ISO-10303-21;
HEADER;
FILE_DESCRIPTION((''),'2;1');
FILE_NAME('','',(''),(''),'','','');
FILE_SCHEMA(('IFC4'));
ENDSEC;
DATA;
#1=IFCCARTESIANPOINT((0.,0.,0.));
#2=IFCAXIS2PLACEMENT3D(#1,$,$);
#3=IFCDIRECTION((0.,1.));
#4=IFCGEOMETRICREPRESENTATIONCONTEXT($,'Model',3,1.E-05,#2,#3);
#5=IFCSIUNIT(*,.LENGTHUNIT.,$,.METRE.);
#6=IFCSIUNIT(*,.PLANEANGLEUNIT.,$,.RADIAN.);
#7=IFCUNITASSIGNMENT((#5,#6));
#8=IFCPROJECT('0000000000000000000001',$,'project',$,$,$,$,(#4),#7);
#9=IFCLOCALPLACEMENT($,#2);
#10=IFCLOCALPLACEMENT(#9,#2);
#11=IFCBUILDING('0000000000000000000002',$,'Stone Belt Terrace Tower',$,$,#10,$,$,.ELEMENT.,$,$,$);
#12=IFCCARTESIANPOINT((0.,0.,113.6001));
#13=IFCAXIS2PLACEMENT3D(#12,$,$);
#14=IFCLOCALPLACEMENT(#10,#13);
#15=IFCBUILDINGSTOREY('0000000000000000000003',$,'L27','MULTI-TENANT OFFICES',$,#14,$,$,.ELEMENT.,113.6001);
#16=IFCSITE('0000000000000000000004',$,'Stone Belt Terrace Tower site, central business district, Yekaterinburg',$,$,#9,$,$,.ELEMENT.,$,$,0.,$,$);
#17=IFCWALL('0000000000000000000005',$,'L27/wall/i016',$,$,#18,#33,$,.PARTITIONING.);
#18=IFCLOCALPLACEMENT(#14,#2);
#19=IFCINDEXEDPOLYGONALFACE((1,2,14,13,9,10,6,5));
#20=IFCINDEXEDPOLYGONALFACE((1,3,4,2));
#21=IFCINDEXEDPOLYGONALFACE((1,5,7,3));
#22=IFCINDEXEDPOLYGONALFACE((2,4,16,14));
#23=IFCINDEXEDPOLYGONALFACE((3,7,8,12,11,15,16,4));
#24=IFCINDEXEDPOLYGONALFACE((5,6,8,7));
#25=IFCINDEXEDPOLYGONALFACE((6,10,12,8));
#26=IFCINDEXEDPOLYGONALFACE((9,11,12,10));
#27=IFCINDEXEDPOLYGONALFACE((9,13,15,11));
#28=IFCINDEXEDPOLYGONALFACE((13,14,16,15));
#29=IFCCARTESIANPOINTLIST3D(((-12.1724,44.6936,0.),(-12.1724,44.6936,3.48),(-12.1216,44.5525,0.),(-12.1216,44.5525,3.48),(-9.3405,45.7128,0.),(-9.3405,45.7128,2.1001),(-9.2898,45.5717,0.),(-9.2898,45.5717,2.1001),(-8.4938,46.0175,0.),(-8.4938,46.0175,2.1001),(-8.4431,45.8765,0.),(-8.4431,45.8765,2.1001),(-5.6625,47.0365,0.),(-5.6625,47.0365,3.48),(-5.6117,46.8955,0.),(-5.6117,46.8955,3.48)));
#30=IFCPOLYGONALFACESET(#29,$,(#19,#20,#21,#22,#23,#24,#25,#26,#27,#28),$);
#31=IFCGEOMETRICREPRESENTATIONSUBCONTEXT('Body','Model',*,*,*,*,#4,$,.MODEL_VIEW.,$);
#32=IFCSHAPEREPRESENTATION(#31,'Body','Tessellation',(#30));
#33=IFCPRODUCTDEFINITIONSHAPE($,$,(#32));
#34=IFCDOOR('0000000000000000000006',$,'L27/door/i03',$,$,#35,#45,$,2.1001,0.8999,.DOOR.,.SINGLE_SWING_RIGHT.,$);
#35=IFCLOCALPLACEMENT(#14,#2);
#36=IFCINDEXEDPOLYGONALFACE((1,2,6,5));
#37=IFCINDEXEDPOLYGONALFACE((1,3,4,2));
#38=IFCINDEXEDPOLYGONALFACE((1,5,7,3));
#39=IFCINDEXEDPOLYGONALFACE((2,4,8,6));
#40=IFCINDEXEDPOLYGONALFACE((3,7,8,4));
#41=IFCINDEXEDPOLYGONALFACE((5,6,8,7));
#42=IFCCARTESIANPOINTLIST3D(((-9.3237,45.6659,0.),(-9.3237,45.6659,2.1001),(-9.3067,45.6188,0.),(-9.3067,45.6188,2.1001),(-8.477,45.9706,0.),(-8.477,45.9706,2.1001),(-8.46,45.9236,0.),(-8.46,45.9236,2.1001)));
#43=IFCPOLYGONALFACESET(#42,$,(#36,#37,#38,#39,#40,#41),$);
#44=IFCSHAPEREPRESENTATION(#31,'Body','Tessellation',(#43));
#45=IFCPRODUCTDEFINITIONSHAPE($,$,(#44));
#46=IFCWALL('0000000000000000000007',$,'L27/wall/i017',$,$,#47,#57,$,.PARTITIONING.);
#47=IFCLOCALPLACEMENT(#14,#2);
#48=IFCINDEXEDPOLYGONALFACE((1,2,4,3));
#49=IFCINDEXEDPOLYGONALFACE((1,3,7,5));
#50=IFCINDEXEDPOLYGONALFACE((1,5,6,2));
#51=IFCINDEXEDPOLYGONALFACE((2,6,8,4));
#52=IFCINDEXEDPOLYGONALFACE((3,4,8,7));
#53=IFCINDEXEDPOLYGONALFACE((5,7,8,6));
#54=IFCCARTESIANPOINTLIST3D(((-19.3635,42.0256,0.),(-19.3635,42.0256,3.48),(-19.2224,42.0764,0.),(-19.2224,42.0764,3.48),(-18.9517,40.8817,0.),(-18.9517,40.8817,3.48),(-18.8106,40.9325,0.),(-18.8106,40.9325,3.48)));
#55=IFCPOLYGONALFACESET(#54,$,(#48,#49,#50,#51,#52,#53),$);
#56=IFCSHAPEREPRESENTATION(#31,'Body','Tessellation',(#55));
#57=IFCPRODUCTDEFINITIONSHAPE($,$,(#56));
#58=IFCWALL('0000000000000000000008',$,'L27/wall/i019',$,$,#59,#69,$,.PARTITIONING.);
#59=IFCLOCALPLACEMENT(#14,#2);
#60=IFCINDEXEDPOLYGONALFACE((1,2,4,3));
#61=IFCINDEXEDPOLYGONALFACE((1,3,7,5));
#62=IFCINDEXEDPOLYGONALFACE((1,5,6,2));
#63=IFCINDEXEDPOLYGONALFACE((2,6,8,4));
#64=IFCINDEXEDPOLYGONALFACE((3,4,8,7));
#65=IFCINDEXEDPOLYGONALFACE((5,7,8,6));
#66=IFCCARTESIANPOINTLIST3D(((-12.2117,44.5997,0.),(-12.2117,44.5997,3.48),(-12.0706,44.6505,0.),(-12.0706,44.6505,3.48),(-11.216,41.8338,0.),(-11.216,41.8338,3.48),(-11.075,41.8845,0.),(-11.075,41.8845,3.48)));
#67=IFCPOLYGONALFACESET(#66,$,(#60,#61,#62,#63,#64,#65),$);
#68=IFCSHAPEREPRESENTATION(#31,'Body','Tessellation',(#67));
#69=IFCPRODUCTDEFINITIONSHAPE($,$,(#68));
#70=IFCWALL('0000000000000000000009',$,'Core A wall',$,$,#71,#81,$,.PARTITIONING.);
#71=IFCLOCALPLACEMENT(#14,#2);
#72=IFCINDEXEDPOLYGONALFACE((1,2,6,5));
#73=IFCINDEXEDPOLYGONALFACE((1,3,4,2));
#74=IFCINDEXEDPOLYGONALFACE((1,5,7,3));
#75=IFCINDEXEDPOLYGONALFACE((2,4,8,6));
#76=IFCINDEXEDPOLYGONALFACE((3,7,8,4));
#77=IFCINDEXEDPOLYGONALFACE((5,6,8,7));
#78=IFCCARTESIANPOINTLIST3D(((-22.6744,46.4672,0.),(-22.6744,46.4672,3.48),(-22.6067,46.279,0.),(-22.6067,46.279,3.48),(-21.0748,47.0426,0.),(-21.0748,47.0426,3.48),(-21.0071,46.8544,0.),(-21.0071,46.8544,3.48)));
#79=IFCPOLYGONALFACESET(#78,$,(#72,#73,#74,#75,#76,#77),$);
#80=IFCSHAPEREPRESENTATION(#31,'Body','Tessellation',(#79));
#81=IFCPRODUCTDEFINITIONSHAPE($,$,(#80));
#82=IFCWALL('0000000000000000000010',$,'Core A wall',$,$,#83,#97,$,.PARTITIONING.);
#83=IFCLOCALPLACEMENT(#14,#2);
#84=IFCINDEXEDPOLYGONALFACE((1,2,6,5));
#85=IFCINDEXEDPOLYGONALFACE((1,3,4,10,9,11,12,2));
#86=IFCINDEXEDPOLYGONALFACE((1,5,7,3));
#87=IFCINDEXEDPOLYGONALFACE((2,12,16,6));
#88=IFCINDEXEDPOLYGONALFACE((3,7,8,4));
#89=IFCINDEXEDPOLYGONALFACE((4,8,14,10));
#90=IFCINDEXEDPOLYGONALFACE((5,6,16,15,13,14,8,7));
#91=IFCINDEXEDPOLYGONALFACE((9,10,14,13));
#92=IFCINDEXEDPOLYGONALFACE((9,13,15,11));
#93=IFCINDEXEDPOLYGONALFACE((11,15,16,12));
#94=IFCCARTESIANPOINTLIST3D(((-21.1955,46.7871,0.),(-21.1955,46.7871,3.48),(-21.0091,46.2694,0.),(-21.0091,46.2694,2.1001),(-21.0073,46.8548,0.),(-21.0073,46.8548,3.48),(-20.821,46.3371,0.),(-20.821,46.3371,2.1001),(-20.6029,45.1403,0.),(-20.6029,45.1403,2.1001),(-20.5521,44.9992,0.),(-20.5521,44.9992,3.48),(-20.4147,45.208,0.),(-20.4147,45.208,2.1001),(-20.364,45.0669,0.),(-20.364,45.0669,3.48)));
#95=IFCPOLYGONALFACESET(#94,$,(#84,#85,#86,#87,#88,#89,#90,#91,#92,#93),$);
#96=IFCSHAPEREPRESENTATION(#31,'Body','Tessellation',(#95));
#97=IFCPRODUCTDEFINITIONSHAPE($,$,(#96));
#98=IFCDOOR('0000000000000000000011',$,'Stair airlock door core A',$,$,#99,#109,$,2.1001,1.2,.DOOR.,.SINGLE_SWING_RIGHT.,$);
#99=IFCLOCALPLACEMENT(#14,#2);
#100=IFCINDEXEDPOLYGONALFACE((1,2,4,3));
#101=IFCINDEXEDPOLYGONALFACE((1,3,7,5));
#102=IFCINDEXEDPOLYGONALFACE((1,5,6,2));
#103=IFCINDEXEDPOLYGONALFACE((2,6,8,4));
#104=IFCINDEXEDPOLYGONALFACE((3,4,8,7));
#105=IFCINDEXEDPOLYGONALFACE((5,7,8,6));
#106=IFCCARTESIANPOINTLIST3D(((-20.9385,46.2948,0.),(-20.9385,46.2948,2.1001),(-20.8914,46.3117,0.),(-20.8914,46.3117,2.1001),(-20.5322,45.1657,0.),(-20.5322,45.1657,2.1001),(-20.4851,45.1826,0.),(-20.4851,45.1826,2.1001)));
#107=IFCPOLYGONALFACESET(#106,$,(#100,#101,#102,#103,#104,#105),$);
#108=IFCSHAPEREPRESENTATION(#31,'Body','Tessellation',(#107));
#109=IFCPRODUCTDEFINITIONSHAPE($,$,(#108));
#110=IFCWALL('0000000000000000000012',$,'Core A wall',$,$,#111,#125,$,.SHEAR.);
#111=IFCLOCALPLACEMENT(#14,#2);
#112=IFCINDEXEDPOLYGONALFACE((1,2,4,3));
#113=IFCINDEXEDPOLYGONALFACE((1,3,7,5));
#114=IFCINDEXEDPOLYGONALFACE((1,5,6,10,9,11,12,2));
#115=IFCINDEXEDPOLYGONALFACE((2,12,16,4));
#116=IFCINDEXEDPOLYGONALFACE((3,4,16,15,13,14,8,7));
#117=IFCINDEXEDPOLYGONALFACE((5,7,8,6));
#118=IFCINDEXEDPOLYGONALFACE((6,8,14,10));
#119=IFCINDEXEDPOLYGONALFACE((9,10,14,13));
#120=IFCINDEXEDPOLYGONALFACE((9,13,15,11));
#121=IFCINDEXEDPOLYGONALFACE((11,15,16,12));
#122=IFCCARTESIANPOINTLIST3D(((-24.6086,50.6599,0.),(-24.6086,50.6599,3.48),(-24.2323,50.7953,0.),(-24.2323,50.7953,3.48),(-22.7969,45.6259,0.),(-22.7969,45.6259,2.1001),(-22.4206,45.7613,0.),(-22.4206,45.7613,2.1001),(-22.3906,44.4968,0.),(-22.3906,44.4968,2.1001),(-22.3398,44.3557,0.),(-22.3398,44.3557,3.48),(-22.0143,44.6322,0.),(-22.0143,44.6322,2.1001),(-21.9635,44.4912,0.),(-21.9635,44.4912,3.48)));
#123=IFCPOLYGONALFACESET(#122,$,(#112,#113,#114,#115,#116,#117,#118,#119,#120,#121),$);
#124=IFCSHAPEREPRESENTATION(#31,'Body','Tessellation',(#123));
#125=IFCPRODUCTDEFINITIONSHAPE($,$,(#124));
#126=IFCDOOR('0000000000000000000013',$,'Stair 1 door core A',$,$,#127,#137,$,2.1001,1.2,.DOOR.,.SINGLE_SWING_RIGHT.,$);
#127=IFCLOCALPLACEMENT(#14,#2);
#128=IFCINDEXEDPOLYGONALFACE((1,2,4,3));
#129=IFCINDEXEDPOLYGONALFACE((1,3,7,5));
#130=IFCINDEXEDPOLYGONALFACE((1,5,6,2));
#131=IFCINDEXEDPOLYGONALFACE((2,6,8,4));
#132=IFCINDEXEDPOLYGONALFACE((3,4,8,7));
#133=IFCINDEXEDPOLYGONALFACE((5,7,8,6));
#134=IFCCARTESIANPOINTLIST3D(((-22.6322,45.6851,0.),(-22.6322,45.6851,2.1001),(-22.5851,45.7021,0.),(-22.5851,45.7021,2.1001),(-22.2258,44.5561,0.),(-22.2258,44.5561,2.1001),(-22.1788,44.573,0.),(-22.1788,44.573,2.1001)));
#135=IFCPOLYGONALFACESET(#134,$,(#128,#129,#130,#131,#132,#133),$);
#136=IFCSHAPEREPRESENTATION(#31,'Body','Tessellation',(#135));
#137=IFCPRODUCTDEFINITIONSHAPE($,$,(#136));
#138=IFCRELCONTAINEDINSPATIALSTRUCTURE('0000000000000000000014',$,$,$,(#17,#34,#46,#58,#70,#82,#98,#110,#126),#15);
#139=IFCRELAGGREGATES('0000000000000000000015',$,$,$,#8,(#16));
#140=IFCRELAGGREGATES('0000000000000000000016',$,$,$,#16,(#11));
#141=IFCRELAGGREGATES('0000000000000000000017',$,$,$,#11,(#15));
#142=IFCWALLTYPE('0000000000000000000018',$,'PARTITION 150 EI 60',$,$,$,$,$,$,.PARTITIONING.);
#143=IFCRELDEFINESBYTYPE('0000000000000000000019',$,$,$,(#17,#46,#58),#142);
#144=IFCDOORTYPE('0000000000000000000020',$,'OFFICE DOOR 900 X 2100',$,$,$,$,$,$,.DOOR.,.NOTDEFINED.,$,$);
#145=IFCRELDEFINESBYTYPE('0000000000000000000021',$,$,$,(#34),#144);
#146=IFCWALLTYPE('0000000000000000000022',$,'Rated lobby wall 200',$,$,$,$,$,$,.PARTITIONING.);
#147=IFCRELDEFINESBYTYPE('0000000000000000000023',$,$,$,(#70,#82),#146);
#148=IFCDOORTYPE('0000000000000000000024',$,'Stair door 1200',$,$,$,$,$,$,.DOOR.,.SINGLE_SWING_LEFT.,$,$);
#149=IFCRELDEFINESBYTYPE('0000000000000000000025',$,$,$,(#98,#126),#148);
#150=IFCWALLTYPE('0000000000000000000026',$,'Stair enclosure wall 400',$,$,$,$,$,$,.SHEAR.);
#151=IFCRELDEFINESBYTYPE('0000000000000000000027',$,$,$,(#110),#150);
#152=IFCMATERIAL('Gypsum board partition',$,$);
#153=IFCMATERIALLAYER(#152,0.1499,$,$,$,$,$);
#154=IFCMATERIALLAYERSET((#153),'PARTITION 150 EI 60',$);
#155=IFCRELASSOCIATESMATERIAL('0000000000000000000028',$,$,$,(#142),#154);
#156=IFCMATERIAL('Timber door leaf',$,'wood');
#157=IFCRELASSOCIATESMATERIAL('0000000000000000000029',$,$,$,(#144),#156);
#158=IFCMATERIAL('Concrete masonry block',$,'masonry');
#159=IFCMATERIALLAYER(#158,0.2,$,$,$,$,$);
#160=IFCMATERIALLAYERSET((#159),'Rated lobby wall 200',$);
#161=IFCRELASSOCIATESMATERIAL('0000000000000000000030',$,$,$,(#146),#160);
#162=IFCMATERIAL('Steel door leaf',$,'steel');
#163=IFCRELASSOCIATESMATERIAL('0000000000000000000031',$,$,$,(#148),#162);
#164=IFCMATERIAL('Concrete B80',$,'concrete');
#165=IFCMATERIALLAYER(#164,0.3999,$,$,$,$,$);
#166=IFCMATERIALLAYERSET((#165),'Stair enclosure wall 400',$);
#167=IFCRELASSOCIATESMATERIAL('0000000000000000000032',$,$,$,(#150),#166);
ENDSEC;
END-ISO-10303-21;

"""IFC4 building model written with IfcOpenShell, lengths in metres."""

from ifc_helpers import new_model, si_unit, direction, frame, frame_2d, origin, place, context, subcontext, project, spatial, rectangle, extrude, material, layer, layer_set, type_object, element, fill, save


model = new_model("IFC4")

# Units and contexts
model_context = context("Model", 3, precision=1e-05, world=origin(), true_north=direction((0.0, 1.0)))
body_context = subcontext(model_context, "Body", "Model", "MODEL_VIEW")
ifc_project = project(units=[si_unit("LENGTHUNIT", "METRE"), si_unit("PLANEANGLEUNIT", "RADIAN")], contexts=[model_context])

# Site, building, storey
site_placement = place(None, origin())
site = spatial("IfcSite", under=ifc_project, at=site_placement, Name="Stone Belt Terrace Tower site, central business district, Yekaterinburg", CompositionType="ELEMENT", RefElevation=0.0)
building_placement = place(site_placement, origin())
building = spatial("IfcBuilding", under=site, at=building_placement, Name="Stone Belt Terrace Tower", CompositionType="ELEMENT")
storey_placement = place(building_placement, frame((0.0, 0.0, 113.6001)))
storey = spatial("IfcBuildingStorey", under=building, at=storey_placement, Name="L27", Description="MULTI-TENANT OFFICES", CompositionType="ELEMENT", Elevation=113.6001)

# Shared definitions
ifc_material_1 = material(Name="Concrete B80", Category="concrete")

# Shared definitions
ifc_material_2 = material(Name="Gypsum board partition")
ifc_layer_1 = layer(ifc_material_2, 0.1499)
ifc_layer_set_1 = layer_set([ifc_layer_1], Name="PARTITION 150 EI 60")
wall_type_1 = type_object("IfcWallType", Name="PARTITION 150 EI 60", PredefinedType="PARTITIONING", material=ifc_layer_set_1)

# Wall, opening, door
ifc_material_3 = material(Name="Timber door leaf", Category="wood")
door_type_1 = type_object("IfcDoorType", Name="OFFICE DOOR 900 X 2100", OperationType="NOTDEFINED", PredefinedType="DOOR", material=ifc_material_3)
wall_1_placement = place(storey_placement, frame((-5.637, 46.9661, 0.0), z_axis=(0.0, 0.0, 1.0), x_axis=(-0.940914, -0.338644, 0.0)))
wall_1 = element("IfcWall", 1, at=wall_1_placement, inside=storey, type_object=wall_type_1, Name="L27/wall/i016", PredefinedType="PARTITIONING", context=body_context, shape_type="SweptSolid", body=[
    extrude(rectangle(XDim=6.9187, YDim=0.1499, at=frame_2d((3.4595, 0.0))), origin(), (0.0, 0.0, 1.0), 3.48),
])
opening_1_placement = place(wall_1_placement, frame((3.0093, 0.0, 0.0)))
opening_1 = element("IfcOpeningElement", 2, at=opening_1_placement, cuts=wall_1, PredefinedType="OPENING", context=body_context, shape_type="SweptSolid", body=[
    extrude(rectangle(XDim=0.8999, YDim=2.1001, at=frame_2d((0.45, 1.05))), frame((0.0, 0.085, 0.0), z_axis=(0.0, -1.0, 0.0), x_axis=(1.0, 0.0, 0.0)), (0.0, 0.0, 1.0), 0.1699),
])
door_1_placement = place(opening_1_placement, origin())
door_1 = element("IfcDoor", 3, at=door_1_placement, inside=storey, type_object=door_type_1, Name="L27/door/i03", OperationType="SINGLE_SWING_RIGHT", OverallHeight=2.1001, OverallWidth=0.8999, PredefinedType="DOOR", context=body_context, shape_type="SweptSolid", body=[
    extrude(rectangle(XDim=0.8999, YDim=2.1001, at=frame_2d((0.45, 1.05))), frame((0.0, 0.0249, 0.0), z_axis=(0.0, -1.0, 0.0), x_axis=(1.0, 0.0, 0.0)), (0.0, 0.0, 1.0), 0.05),
])
fill(opening_1, door_1)

# Walls
wall_2_placement = place(storey_placement, frame((-19.293, 42.051, 0.0), z_axis=(0.0, 0.0, 1.0), x_axis=(0.338727, -0.940885, 0.0)))
element("IfcWall", 4, at=wall_2_placement, inside=storey, type_object=wall_type_1, Name="L27/wall/i017", PredefinedType="PARTITIONING", context=body_context, shape_type="SweptSolid", body=[
    extrude(rectangle(XDim=1.2158, YDim=0.1499, at=frame_2d((0.6079, 0.0))), origin(), (0.0, 0.0, 1.0), 3.48),
])
wall_3_placement = place(storey_placement, frame((-12.1411, 44.625, 0.0), z_axis=(0.0, 0.0, 1.0), x_axis=(0.338687, -0.940899, 0.0)))
element("IfcWall", 5, at=wall_3_placement, inside=storey, type_object=wall_type_1, Name="L27/wall/i019", PredefinedType="PARTITIONING", context=body_context, shape_type="SweptSolid", body=[
    extrude(rectangle(XDim=2.9397, YDim=0.1499, at=frame_2d((1.4697, 0.0))), origin(), (0.0, 0.0, 1.0), 3.48),
])
ifc_material_4 = material(Name="Concrete masonry block", Category="masonry")
ifc_layer_2 = layer(ifc_material_4, 0.2)
ifc_layer_set_2 = layer_set([ifc_layer_2], Name="Rated lobby wall 200")
wall_type_2 = type_object("IfcWallType", Name="Rated lobby wall 200", PredefinedType="PARTITIONING", material=ifc_layer_set_2)
wall_4_placement = place(storey_placement, frame((-22.6406, 46.373, 0.0), z_axis=(0.0, 0.0, 1.0), x_axis=(0.940966, 0.338501, 0.0)))
element("IfcWall", 6, at=wall_4_placement, inside=storey, type_object=wall_type_2, Name="Core A wall", PredefinedType="PARTITIONING", context=body_context, shape_type="SweptSolid", body=[
    extrude(rectangle(XDim=1.7, YDim=0.2, at=frame_2d((0.8501, 0.0))), origin(), (0.0, 0.0, 1.0), 3.48),
])

# Walls, openings, doors
wall_5_placement = place(storey_placement, frame((-20.458, 45.033, 0.0), z_axis=(0.0, 0.0, 1.0), x_axis=(-0.338574, 0.94094, 0.0)))
wall_5 = element("IfcWall", 7, at=wall_5_placement, inside=storey, type_object=wall_type_2, Name="Core A wall", PredefinedType="PARTITIONING", context=body_context, shape_type="SweptSolid", body=[
    extrude(rectangle(XDim=1.9001, YDim=0.2, at=frame_2d((0.9502, 0.0))), origin(), (0.0, 0.0, 1.0), 3.48),
])
opening_2_placement = place(wall_5_placement, frame((0.1499, 0.0, 0.0)))
opening_2 = element("IfcOpeningElement", 8, at=opening_2_placement, cuts=wall_5, PredefinedType="OPENING", context=body_context, shape_type="SweptSolid", body=[
    extrude(rectangle(XDim=1.2, YDim=2.1001, at=frame_2d((0.6001, 1.05))), frame((0.0, 0.1099, 0.0), z_axis=(0.0, -1.0, 0.0), x_axis=(1.0, 0.0, 0.0)), (0.0, 0.0, 1.0), 0.22),
])
ifc_material_5 = material(Name="Steel door leaf", Category="steel")
door_type_2 = type_object("IfcDoorType", Name="Stair door 1200", OperationType="SINGLE_SWING_LEFT", PredefinedType="DOOR", material=ifc_material_5)
door_2_placement = place(opening_2_placement, origin())
door_2 = element("IfcDoor", 9, at=door_2_placement, inside=storey, type_object=door_type_2, Name="Stair airlock door core A", OperationType="SINGLE_SWING_RIGHT", OverallHeight=2.1001, OverallWidth=1.2, PredefinedType="DOOR", context=body_context, shape_type="SweptSolid", body=[
    extrude(rectangle(XDim=1.2, YDim=2.1001, at=frame_2d((0.6001, 1.05))), frame((0.0, 0.0249, 0.0), z_axis=(0.0, -1.0, 0.0), x_axis=(1.0, 0.0, 0.0)), (0.0, 0.0, 1.0), 0.05),
])
fill(opening_2, door_2)
ifc_layer_3 = layer(ifc_material_1, 0.3999)
ifc_layer_set_3 = layer_set([ifc_layer_3], Name="Stair enclosure wall 400")
wall_type_3 = type_object("IfcWallType", Name="Stair enclosure wall 400", PredefinedType="SHEAR", material=ifc_layer_set_3)
wall_6_placement = place(storey_placement, frame((-22.1516, 44.4233, 0.0), z_axis=(0.0, 0.0, 1.0), x_axis=(-0.338625, 0.940921, 0.0)))
wall_6 = element("IfcWall", 10, at=wall_6_placement, inside=storey, type_object=wall_type_3, Name="Core A wall", PredefinedType="SHEAR", context=body_context, shape_type="SweptSolid", body=[
    extrude(rectangle(XDim=6.7, YDim=0.3999, at=frame_2d((3.3501, 0.0))), origin(), (0.0, 0.0, 1.0), 3.48),
])
opening_3_placement = place(wall_6_placement, frame((0.1499, 0.0, 0.0)))
opening_3 = element("IfcOpeningElement", 11, at=opening_3_placement, cuts=wall_6, PredefinedType="OPENING", context=body_context, shape_type="SweptSolid", body=[
    extrude(rectangle(XDim=1.2, YDim=2.1001, at=frame_2d((0.6001, 1.05))), frame((0.0, 0.21, 0.0), z_axis=(0.0, -1.0, 0.0), x_axis=(1.0, 0.0, 0.0)), (0.0, 0.0, 1.0), 0.4199),
])
door_3_placement = place(opening_3_placement, origin())
door_3 = element("IfcDoor", 12, at=door_3_placement, inside=storey, type_object=door_type_2, Name="Stair 1 door core A", OperationType="SINGLE_SWING_RIGHT", OverallHeight=2.1001, OverallWidth=1.2, PredefinedType="DOOR", context=body_context, shape_type="SweptSolid", body=[
    extrude(rectangle(XDim=1.2, YDim=2.1001, at=frame_2d((0.6001, 1.05))), frame((0.0, 0.0249, 0.0), z_axis=(0.0, -1.0, 0.0), x_axis=(1.0, 0.0, 0.0)), (0.0, 0.0, 1.0), 0.05),
])
fill(opening_3, door_3)

save(model, "model.ifc")
